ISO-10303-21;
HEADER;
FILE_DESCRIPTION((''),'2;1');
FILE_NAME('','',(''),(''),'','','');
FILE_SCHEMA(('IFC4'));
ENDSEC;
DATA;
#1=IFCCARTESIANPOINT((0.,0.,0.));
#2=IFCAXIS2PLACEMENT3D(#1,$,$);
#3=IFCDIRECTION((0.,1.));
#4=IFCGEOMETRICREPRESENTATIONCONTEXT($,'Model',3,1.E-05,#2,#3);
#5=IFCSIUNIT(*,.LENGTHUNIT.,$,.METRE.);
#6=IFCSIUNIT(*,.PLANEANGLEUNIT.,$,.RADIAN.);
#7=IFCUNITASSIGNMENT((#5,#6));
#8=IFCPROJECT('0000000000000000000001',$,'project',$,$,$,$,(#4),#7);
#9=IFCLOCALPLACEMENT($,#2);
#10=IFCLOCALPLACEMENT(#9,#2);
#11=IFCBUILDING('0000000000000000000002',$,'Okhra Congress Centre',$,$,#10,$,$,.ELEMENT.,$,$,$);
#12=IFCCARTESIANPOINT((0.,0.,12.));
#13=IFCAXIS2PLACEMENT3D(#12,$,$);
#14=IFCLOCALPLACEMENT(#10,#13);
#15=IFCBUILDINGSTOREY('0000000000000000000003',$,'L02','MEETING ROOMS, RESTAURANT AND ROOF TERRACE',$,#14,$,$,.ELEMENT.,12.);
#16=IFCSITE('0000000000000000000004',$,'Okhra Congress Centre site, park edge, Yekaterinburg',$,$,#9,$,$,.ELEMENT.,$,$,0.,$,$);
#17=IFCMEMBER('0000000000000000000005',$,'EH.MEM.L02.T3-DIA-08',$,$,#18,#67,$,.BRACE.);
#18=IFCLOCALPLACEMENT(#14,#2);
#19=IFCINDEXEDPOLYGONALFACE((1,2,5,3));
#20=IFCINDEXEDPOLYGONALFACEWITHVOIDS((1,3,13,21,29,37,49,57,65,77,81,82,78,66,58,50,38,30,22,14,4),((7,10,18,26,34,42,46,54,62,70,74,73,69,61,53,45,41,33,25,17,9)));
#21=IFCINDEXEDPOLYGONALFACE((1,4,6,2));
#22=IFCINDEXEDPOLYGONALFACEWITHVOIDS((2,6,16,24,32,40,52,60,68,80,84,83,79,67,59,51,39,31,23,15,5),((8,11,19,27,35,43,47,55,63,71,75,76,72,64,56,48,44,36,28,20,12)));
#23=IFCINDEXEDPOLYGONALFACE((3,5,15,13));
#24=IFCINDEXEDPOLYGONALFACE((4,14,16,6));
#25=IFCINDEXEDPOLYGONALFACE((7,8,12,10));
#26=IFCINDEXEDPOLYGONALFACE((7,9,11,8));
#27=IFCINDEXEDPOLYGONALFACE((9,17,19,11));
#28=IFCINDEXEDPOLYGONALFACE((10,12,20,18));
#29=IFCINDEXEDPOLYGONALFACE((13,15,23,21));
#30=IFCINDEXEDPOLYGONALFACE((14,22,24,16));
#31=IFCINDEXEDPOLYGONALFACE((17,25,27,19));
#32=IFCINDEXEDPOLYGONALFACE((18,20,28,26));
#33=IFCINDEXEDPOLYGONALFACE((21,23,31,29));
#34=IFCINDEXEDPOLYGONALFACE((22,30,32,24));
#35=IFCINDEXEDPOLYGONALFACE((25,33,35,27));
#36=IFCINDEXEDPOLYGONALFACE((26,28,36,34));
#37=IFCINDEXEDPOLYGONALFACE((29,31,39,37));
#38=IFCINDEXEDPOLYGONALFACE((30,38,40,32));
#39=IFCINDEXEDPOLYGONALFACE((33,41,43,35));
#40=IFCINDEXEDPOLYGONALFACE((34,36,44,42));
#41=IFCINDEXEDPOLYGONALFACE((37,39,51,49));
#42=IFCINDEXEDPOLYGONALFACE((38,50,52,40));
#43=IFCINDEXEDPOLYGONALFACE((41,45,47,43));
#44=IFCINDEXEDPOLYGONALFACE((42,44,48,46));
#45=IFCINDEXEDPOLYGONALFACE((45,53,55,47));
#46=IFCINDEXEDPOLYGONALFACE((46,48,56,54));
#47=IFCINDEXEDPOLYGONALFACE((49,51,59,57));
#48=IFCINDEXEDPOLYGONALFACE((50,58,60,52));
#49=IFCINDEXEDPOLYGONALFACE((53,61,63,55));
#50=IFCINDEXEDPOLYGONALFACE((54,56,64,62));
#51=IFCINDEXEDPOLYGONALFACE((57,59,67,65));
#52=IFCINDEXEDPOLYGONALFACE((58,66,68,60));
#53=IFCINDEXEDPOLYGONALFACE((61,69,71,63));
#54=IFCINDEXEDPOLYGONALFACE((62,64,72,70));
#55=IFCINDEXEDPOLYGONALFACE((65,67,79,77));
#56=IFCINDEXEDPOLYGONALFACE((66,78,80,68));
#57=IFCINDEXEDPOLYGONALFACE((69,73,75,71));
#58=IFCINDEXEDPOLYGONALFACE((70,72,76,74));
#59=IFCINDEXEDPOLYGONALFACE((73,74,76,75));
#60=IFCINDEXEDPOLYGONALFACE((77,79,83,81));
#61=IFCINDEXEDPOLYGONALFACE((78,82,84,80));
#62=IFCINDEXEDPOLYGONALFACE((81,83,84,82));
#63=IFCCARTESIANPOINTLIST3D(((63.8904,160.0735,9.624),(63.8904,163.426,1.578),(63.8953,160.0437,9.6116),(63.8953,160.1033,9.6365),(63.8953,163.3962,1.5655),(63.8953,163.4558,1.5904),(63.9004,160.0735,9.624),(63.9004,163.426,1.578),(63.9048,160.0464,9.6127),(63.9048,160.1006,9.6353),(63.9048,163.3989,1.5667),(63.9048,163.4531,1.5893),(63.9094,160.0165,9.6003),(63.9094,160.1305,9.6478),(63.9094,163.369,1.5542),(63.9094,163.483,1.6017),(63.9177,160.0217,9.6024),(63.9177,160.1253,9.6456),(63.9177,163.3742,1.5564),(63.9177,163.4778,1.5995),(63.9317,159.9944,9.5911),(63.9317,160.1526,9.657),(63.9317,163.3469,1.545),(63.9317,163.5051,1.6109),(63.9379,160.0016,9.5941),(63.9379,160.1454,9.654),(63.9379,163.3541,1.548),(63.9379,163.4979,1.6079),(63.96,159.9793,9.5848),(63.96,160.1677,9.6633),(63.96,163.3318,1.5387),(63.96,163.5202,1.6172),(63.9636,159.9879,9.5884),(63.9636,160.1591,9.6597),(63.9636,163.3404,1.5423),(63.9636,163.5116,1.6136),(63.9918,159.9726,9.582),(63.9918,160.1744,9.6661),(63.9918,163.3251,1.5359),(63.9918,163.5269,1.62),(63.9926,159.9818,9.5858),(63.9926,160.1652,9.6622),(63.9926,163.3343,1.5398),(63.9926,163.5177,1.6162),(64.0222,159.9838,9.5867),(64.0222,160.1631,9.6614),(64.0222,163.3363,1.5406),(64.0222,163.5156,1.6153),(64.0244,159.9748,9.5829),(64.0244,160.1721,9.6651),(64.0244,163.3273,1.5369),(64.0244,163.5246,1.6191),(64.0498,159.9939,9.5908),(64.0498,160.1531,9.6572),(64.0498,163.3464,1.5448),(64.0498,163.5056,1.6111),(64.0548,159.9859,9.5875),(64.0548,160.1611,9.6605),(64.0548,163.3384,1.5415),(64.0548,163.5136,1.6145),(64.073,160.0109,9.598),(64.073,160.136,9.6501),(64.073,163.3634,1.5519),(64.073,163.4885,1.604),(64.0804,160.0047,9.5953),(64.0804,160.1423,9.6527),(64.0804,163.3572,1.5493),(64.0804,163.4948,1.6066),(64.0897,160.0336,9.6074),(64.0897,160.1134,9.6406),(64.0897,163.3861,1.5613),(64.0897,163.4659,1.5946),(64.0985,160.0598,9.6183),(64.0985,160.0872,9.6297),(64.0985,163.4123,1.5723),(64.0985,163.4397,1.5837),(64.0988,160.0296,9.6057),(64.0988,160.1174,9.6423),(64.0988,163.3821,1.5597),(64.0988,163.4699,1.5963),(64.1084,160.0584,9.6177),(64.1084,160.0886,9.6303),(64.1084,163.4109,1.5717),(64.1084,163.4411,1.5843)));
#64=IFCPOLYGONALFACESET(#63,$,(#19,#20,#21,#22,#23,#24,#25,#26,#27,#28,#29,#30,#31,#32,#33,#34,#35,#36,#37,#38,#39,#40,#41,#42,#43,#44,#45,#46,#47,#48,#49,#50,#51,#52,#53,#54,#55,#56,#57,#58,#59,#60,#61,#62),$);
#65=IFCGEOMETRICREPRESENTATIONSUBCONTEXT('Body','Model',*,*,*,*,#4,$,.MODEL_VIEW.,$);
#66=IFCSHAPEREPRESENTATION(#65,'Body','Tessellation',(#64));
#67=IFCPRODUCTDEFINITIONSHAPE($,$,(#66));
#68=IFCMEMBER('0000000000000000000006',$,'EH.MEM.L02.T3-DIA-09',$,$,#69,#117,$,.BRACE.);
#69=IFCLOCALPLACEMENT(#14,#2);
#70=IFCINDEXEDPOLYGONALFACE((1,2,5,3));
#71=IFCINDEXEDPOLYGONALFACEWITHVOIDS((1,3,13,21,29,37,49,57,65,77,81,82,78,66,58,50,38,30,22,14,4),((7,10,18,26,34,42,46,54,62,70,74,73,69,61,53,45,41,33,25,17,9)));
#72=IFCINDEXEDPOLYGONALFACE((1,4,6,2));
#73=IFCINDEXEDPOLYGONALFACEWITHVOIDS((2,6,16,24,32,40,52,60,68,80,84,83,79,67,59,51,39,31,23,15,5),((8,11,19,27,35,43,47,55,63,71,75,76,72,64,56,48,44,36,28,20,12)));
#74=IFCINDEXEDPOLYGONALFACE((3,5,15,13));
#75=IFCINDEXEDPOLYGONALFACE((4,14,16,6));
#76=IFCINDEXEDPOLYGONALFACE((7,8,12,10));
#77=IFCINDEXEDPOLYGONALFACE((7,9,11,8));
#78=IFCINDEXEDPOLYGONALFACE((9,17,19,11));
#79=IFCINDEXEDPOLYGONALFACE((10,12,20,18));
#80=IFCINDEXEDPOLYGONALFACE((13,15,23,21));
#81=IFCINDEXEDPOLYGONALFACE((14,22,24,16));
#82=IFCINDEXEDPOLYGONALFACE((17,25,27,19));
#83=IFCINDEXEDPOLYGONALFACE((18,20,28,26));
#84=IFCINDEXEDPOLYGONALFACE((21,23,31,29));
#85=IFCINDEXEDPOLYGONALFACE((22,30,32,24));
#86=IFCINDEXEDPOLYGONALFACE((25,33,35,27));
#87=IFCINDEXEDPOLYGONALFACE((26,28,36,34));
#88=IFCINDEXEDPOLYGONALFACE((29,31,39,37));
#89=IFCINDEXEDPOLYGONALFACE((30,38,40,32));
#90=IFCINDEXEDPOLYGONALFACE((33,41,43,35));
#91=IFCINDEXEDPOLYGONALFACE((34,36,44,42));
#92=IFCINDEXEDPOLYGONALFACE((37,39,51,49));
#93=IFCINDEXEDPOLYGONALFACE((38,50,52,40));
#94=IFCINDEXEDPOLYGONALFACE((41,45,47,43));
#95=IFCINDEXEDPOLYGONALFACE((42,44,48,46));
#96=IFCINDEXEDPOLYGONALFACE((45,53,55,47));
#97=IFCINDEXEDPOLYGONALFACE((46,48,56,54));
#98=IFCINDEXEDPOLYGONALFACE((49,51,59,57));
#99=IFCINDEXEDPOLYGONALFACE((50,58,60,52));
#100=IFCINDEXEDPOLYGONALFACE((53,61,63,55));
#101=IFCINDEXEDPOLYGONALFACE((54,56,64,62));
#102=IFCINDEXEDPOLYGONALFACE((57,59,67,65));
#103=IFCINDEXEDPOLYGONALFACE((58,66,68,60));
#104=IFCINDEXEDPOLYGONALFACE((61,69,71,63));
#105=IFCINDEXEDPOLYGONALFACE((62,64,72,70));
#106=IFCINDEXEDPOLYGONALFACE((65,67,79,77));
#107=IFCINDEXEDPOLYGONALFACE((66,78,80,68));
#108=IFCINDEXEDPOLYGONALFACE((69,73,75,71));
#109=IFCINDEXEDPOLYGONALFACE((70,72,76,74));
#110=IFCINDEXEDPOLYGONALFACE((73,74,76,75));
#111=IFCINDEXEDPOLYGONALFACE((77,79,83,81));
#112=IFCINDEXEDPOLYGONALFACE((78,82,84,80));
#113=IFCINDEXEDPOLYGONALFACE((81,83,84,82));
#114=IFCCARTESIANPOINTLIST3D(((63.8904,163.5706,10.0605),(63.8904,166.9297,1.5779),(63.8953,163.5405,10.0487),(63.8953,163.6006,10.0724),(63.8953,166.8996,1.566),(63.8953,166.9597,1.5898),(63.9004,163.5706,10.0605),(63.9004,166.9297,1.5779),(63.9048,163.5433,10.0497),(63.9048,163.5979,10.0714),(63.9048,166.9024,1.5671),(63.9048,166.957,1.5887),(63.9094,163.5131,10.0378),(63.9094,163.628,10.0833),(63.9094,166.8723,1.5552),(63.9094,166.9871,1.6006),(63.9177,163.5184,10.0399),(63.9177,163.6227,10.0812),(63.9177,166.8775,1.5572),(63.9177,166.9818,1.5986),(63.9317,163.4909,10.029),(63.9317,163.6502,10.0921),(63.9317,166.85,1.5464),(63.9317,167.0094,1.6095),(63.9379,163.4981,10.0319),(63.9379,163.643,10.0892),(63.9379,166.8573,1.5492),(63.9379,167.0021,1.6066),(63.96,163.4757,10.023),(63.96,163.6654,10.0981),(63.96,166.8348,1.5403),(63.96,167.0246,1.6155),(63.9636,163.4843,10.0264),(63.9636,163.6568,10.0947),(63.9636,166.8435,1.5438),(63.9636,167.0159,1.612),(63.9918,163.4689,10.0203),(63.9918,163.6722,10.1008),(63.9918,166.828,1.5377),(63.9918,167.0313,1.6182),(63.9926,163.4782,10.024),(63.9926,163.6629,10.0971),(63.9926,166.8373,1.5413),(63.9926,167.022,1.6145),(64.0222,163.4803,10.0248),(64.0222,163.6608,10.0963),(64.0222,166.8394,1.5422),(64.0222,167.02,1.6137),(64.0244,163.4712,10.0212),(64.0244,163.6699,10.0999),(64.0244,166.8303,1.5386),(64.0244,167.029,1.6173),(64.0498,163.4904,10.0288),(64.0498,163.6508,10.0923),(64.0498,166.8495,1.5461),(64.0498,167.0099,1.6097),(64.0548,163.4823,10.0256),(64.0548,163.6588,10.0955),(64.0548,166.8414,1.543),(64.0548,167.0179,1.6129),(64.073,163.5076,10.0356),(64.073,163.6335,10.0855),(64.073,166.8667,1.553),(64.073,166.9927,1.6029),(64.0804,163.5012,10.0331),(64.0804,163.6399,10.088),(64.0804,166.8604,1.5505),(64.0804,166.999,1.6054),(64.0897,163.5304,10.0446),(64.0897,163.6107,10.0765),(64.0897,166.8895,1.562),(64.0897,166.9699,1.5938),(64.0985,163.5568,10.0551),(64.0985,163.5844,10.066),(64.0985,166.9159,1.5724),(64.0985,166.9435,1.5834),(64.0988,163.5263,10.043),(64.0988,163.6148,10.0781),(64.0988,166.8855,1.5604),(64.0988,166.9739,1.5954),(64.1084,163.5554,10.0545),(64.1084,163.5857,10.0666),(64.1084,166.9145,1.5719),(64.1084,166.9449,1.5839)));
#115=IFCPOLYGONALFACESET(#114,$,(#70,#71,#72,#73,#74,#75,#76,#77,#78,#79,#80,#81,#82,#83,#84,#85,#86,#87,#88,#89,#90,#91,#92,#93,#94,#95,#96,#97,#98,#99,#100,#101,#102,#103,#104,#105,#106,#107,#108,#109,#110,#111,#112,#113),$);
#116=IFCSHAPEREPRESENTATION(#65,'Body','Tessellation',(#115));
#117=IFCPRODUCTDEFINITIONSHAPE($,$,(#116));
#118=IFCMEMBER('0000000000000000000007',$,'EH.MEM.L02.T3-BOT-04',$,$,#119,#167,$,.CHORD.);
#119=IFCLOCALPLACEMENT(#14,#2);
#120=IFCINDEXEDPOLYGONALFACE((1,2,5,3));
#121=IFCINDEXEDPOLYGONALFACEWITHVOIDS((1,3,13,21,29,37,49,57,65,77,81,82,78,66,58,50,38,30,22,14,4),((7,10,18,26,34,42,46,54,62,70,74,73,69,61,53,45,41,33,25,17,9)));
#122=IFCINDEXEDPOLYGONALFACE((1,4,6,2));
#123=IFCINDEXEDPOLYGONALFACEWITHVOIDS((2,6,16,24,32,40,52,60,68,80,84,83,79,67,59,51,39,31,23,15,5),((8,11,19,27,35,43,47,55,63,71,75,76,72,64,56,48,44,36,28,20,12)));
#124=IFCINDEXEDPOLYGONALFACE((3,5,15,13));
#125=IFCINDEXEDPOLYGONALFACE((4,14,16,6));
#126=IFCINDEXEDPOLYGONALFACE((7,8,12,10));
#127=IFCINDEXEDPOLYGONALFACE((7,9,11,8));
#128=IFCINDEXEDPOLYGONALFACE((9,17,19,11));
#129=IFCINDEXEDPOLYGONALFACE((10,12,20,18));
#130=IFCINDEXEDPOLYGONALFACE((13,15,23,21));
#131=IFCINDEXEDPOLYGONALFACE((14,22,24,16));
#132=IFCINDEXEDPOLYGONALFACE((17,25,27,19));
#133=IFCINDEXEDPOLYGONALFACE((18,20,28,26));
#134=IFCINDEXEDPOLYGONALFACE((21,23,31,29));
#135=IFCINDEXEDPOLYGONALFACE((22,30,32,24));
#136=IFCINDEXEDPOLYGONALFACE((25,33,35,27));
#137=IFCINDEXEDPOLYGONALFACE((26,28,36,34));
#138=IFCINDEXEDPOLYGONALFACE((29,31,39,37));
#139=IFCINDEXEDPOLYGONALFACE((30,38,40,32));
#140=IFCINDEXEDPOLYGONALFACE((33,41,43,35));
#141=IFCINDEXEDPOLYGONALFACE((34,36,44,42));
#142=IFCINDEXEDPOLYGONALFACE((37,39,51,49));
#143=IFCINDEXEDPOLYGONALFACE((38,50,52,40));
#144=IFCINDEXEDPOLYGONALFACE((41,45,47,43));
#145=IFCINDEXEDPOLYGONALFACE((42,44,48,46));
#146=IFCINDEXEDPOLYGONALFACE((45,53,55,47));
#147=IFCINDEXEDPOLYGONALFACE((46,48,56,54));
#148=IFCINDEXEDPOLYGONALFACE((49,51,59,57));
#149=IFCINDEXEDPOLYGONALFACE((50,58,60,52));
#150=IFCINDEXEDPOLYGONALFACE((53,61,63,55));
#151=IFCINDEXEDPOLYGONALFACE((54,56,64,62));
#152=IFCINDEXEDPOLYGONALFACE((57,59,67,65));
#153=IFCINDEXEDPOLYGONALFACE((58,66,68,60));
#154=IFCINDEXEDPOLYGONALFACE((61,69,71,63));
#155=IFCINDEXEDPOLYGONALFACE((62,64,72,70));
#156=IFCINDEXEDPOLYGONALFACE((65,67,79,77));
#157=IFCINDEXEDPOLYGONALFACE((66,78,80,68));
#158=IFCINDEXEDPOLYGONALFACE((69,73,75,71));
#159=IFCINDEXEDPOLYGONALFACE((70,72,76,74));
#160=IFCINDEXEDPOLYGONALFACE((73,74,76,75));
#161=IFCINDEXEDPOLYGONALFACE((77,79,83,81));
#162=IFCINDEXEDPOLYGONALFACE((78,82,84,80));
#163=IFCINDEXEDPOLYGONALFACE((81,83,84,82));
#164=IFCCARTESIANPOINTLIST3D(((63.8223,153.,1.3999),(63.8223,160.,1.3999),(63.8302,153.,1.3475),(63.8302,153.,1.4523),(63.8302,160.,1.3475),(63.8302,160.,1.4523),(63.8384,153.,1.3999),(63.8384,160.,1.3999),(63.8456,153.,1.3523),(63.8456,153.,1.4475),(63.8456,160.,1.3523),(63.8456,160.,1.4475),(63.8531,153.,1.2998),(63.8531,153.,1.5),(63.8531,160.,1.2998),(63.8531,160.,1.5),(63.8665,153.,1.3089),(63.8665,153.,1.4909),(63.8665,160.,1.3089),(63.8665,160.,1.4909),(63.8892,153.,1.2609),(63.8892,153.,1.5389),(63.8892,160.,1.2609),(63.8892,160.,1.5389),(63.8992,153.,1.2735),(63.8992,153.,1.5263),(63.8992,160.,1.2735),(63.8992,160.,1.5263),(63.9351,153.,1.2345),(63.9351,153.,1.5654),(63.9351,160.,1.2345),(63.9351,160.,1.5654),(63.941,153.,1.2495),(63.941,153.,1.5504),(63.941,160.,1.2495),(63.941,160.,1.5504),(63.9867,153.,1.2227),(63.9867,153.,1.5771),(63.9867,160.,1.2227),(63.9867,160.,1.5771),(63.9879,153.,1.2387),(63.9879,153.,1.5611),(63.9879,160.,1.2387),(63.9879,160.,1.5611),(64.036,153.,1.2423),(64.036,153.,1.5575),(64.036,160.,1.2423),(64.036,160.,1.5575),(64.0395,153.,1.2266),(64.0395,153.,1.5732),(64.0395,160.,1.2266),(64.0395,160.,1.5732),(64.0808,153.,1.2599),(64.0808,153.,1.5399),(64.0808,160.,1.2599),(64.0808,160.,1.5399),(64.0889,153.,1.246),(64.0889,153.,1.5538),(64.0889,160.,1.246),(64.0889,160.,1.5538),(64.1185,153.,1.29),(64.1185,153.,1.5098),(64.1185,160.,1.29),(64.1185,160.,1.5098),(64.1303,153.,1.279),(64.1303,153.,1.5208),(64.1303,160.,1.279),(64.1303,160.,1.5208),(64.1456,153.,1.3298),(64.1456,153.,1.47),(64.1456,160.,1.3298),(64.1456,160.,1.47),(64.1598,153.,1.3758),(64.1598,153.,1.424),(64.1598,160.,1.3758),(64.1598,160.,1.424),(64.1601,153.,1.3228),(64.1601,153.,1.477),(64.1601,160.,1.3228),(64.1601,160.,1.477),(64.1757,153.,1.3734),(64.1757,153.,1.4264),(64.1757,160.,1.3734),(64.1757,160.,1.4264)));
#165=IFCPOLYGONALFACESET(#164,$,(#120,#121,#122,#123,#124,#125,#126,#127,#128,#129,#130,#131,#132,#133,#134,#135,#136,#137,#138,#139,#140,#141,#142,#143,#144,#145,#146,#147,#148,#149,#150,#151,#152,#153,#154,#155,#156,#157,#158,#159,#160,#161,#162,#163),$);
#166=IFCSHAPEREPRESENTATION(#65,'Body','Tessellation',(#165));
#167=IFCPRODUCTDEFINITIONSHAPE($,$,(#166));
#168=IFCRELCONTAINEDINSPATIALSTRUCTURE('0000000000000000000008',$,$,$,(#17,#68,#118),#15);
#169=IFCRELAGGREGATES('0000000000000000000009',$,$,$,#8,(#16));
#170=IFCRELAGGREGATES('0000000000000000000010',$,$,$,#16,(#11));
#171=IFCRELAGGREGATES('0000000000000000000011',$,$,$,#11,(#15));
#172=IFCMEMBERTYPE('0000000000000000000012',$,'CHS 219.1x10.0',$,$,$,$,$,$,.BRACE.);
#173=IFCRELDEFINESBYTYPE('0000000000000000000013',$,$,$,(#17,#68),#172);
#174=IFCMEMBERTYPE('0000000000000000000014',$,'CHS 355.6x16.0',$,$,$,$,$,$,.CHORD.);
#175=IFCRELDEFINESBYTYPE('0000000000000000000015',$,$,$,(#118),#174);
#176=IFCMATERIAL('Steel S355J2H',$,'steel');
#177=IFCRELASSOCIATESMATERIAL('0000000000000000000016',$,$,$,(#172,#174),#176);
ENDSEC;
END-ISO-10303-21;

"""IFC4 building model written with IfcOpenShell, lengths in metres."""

from ifc_helpers import new_model, si_unit, direction, frame, origin, origin_2d, place, context, subcontext, project, spatial, hollow_circle, extrude, material, material_profile, profile_set, type_object, element, save


model = new_model("IFC4")

# Units and contexts
model_context = context("Model", 3, precision=1e-05, world=origin(), true_north=direction((0.0, 1.0)))
body_context = subcontext(model_context, "Body", "Model", "MODEL_VIEW")
ifc_project = project(units=[si_unit("LENGTHUNIT", "METRE"), si_unit("PLANEANGLEUNIT", "RADIAN")], contexts=[model_context])

# Site, building, storey
site_placement = place(None, origin())
site = spatial("IfcSite", under=ifc_project, at=site_placement, Name="Okhra Congress Centre site, park edge, Yekaterinburg", CompositionType="ELEMENT", RefElevation=0.0)
building_placement = place(site_placement, origin())
building = spatial("IfcBuilding", under=site, at=building_placement, Name="Okhra Congress Centre", CompositionType="ELEMENT")
storey_placement = place(building_placement, frame((0.0, 0.0, 12.0)))
storey = spatial("IfcBuildingStorey", under=building, at=storey_placement, Name="L02", Description="MEETING ROOMS, RESTAURANT AND ROOF TERRACE", CompositionType="ELEMENT", Elevation=12.0)

# Members
ifc_material_1 = material(Name="Steel S355J2H", Category="steel")
ifc_material_profile_1 = material_profile(ifc_material_1, hollow_circle(Radius=0.1096, WallThickness=0.01, at=origin_2d()), Name="CHS 219.1x10.0")
ifc_profile_set_1 = profile_set([ifc_material_profile_1], Name="Steel S355J2H")
member_type_1 = type_object("IfcMemberType", Name="CHS 219.1x10.0", PredefinedType="BRACE", material=ifc_profile_set_1)
member_1_placement = place(storey_placement, frame((64.0, 160.0735, 9.624), z_axis=(0.0, 0.384613, -0.923078), x_axis=(-1.0, 0.0, 0.0)))
element("IfcMember", 1, at=member_1_placement, inside=storey, type_object=member_type_1, Name="EH.MEM.L02.T3-DIA-08", PredefinedType="BRACE", context=body_context, shape_type="SweptSolid", body=[
    extrude(hollow_circle(Radius=0.1096, WallThickness=0.01, at=origin_2d()), origin(), (0.0, 0.0, 1.0), 8.7166),
])
member_2_placement = place(storey_placement, frame((64.0, 163.5706, 10.0605), z_axis=(0.0, 0.368182, -0.929754), x_axis=(-1.0, 0.0, 0.0)))
element("IfcMember", 2, at=member_2_placement, inside=storey, type_object=member_type_1, Name="EH.MEM.L02.T3-DIA-09", PredefinedType="BRACE", context=body_context, shape_type="SweptSolid", body=[
    extrude(hollow_circle(Radius=0.1096, WallThickness=0.01, at=origin_2d()), origin(), (0.0, 0.0, 1.0), 9.1235),
])
ifc_material_profile_2 = material_profile(ifc_material_1, hollow_circle(Radius=0.1777, WallThickness=0.0161, at=origin_2d()), Name="CHS 355.6x16.0")
ifc_profile_set_2 = profile_set([ifc_material_profile_2], Name="Steel S355J2H")
member_type_2 = type_object("IfcMemberType", Name="CHS 355.6x16.0", PredefinedType="CHORD", material=ifc_profile_set_2)
member_3_placement = place(storey_placement, frame((64.0, 153.0, 1.3999), z_axis=(0.0, 1.0, 0.0), x_axis=(-1.0, 0.0, 0.0)))
element("IfcMember", 3, at=member_3_placement, inside=storey, type_object=member_type_2, Name="EH.MEM.L02.T3-BOT-04", PredefinedType="CHORD", context=body_context, shape_type="SweptSolid", body=[
    extrude(hollow_circle(Radius=0.1777, WallThickness=0.0161, at=origin_2d()), origin(), (0.0, 0.0, 1.0), 7.0),
])

save(model, "model.ifc")
